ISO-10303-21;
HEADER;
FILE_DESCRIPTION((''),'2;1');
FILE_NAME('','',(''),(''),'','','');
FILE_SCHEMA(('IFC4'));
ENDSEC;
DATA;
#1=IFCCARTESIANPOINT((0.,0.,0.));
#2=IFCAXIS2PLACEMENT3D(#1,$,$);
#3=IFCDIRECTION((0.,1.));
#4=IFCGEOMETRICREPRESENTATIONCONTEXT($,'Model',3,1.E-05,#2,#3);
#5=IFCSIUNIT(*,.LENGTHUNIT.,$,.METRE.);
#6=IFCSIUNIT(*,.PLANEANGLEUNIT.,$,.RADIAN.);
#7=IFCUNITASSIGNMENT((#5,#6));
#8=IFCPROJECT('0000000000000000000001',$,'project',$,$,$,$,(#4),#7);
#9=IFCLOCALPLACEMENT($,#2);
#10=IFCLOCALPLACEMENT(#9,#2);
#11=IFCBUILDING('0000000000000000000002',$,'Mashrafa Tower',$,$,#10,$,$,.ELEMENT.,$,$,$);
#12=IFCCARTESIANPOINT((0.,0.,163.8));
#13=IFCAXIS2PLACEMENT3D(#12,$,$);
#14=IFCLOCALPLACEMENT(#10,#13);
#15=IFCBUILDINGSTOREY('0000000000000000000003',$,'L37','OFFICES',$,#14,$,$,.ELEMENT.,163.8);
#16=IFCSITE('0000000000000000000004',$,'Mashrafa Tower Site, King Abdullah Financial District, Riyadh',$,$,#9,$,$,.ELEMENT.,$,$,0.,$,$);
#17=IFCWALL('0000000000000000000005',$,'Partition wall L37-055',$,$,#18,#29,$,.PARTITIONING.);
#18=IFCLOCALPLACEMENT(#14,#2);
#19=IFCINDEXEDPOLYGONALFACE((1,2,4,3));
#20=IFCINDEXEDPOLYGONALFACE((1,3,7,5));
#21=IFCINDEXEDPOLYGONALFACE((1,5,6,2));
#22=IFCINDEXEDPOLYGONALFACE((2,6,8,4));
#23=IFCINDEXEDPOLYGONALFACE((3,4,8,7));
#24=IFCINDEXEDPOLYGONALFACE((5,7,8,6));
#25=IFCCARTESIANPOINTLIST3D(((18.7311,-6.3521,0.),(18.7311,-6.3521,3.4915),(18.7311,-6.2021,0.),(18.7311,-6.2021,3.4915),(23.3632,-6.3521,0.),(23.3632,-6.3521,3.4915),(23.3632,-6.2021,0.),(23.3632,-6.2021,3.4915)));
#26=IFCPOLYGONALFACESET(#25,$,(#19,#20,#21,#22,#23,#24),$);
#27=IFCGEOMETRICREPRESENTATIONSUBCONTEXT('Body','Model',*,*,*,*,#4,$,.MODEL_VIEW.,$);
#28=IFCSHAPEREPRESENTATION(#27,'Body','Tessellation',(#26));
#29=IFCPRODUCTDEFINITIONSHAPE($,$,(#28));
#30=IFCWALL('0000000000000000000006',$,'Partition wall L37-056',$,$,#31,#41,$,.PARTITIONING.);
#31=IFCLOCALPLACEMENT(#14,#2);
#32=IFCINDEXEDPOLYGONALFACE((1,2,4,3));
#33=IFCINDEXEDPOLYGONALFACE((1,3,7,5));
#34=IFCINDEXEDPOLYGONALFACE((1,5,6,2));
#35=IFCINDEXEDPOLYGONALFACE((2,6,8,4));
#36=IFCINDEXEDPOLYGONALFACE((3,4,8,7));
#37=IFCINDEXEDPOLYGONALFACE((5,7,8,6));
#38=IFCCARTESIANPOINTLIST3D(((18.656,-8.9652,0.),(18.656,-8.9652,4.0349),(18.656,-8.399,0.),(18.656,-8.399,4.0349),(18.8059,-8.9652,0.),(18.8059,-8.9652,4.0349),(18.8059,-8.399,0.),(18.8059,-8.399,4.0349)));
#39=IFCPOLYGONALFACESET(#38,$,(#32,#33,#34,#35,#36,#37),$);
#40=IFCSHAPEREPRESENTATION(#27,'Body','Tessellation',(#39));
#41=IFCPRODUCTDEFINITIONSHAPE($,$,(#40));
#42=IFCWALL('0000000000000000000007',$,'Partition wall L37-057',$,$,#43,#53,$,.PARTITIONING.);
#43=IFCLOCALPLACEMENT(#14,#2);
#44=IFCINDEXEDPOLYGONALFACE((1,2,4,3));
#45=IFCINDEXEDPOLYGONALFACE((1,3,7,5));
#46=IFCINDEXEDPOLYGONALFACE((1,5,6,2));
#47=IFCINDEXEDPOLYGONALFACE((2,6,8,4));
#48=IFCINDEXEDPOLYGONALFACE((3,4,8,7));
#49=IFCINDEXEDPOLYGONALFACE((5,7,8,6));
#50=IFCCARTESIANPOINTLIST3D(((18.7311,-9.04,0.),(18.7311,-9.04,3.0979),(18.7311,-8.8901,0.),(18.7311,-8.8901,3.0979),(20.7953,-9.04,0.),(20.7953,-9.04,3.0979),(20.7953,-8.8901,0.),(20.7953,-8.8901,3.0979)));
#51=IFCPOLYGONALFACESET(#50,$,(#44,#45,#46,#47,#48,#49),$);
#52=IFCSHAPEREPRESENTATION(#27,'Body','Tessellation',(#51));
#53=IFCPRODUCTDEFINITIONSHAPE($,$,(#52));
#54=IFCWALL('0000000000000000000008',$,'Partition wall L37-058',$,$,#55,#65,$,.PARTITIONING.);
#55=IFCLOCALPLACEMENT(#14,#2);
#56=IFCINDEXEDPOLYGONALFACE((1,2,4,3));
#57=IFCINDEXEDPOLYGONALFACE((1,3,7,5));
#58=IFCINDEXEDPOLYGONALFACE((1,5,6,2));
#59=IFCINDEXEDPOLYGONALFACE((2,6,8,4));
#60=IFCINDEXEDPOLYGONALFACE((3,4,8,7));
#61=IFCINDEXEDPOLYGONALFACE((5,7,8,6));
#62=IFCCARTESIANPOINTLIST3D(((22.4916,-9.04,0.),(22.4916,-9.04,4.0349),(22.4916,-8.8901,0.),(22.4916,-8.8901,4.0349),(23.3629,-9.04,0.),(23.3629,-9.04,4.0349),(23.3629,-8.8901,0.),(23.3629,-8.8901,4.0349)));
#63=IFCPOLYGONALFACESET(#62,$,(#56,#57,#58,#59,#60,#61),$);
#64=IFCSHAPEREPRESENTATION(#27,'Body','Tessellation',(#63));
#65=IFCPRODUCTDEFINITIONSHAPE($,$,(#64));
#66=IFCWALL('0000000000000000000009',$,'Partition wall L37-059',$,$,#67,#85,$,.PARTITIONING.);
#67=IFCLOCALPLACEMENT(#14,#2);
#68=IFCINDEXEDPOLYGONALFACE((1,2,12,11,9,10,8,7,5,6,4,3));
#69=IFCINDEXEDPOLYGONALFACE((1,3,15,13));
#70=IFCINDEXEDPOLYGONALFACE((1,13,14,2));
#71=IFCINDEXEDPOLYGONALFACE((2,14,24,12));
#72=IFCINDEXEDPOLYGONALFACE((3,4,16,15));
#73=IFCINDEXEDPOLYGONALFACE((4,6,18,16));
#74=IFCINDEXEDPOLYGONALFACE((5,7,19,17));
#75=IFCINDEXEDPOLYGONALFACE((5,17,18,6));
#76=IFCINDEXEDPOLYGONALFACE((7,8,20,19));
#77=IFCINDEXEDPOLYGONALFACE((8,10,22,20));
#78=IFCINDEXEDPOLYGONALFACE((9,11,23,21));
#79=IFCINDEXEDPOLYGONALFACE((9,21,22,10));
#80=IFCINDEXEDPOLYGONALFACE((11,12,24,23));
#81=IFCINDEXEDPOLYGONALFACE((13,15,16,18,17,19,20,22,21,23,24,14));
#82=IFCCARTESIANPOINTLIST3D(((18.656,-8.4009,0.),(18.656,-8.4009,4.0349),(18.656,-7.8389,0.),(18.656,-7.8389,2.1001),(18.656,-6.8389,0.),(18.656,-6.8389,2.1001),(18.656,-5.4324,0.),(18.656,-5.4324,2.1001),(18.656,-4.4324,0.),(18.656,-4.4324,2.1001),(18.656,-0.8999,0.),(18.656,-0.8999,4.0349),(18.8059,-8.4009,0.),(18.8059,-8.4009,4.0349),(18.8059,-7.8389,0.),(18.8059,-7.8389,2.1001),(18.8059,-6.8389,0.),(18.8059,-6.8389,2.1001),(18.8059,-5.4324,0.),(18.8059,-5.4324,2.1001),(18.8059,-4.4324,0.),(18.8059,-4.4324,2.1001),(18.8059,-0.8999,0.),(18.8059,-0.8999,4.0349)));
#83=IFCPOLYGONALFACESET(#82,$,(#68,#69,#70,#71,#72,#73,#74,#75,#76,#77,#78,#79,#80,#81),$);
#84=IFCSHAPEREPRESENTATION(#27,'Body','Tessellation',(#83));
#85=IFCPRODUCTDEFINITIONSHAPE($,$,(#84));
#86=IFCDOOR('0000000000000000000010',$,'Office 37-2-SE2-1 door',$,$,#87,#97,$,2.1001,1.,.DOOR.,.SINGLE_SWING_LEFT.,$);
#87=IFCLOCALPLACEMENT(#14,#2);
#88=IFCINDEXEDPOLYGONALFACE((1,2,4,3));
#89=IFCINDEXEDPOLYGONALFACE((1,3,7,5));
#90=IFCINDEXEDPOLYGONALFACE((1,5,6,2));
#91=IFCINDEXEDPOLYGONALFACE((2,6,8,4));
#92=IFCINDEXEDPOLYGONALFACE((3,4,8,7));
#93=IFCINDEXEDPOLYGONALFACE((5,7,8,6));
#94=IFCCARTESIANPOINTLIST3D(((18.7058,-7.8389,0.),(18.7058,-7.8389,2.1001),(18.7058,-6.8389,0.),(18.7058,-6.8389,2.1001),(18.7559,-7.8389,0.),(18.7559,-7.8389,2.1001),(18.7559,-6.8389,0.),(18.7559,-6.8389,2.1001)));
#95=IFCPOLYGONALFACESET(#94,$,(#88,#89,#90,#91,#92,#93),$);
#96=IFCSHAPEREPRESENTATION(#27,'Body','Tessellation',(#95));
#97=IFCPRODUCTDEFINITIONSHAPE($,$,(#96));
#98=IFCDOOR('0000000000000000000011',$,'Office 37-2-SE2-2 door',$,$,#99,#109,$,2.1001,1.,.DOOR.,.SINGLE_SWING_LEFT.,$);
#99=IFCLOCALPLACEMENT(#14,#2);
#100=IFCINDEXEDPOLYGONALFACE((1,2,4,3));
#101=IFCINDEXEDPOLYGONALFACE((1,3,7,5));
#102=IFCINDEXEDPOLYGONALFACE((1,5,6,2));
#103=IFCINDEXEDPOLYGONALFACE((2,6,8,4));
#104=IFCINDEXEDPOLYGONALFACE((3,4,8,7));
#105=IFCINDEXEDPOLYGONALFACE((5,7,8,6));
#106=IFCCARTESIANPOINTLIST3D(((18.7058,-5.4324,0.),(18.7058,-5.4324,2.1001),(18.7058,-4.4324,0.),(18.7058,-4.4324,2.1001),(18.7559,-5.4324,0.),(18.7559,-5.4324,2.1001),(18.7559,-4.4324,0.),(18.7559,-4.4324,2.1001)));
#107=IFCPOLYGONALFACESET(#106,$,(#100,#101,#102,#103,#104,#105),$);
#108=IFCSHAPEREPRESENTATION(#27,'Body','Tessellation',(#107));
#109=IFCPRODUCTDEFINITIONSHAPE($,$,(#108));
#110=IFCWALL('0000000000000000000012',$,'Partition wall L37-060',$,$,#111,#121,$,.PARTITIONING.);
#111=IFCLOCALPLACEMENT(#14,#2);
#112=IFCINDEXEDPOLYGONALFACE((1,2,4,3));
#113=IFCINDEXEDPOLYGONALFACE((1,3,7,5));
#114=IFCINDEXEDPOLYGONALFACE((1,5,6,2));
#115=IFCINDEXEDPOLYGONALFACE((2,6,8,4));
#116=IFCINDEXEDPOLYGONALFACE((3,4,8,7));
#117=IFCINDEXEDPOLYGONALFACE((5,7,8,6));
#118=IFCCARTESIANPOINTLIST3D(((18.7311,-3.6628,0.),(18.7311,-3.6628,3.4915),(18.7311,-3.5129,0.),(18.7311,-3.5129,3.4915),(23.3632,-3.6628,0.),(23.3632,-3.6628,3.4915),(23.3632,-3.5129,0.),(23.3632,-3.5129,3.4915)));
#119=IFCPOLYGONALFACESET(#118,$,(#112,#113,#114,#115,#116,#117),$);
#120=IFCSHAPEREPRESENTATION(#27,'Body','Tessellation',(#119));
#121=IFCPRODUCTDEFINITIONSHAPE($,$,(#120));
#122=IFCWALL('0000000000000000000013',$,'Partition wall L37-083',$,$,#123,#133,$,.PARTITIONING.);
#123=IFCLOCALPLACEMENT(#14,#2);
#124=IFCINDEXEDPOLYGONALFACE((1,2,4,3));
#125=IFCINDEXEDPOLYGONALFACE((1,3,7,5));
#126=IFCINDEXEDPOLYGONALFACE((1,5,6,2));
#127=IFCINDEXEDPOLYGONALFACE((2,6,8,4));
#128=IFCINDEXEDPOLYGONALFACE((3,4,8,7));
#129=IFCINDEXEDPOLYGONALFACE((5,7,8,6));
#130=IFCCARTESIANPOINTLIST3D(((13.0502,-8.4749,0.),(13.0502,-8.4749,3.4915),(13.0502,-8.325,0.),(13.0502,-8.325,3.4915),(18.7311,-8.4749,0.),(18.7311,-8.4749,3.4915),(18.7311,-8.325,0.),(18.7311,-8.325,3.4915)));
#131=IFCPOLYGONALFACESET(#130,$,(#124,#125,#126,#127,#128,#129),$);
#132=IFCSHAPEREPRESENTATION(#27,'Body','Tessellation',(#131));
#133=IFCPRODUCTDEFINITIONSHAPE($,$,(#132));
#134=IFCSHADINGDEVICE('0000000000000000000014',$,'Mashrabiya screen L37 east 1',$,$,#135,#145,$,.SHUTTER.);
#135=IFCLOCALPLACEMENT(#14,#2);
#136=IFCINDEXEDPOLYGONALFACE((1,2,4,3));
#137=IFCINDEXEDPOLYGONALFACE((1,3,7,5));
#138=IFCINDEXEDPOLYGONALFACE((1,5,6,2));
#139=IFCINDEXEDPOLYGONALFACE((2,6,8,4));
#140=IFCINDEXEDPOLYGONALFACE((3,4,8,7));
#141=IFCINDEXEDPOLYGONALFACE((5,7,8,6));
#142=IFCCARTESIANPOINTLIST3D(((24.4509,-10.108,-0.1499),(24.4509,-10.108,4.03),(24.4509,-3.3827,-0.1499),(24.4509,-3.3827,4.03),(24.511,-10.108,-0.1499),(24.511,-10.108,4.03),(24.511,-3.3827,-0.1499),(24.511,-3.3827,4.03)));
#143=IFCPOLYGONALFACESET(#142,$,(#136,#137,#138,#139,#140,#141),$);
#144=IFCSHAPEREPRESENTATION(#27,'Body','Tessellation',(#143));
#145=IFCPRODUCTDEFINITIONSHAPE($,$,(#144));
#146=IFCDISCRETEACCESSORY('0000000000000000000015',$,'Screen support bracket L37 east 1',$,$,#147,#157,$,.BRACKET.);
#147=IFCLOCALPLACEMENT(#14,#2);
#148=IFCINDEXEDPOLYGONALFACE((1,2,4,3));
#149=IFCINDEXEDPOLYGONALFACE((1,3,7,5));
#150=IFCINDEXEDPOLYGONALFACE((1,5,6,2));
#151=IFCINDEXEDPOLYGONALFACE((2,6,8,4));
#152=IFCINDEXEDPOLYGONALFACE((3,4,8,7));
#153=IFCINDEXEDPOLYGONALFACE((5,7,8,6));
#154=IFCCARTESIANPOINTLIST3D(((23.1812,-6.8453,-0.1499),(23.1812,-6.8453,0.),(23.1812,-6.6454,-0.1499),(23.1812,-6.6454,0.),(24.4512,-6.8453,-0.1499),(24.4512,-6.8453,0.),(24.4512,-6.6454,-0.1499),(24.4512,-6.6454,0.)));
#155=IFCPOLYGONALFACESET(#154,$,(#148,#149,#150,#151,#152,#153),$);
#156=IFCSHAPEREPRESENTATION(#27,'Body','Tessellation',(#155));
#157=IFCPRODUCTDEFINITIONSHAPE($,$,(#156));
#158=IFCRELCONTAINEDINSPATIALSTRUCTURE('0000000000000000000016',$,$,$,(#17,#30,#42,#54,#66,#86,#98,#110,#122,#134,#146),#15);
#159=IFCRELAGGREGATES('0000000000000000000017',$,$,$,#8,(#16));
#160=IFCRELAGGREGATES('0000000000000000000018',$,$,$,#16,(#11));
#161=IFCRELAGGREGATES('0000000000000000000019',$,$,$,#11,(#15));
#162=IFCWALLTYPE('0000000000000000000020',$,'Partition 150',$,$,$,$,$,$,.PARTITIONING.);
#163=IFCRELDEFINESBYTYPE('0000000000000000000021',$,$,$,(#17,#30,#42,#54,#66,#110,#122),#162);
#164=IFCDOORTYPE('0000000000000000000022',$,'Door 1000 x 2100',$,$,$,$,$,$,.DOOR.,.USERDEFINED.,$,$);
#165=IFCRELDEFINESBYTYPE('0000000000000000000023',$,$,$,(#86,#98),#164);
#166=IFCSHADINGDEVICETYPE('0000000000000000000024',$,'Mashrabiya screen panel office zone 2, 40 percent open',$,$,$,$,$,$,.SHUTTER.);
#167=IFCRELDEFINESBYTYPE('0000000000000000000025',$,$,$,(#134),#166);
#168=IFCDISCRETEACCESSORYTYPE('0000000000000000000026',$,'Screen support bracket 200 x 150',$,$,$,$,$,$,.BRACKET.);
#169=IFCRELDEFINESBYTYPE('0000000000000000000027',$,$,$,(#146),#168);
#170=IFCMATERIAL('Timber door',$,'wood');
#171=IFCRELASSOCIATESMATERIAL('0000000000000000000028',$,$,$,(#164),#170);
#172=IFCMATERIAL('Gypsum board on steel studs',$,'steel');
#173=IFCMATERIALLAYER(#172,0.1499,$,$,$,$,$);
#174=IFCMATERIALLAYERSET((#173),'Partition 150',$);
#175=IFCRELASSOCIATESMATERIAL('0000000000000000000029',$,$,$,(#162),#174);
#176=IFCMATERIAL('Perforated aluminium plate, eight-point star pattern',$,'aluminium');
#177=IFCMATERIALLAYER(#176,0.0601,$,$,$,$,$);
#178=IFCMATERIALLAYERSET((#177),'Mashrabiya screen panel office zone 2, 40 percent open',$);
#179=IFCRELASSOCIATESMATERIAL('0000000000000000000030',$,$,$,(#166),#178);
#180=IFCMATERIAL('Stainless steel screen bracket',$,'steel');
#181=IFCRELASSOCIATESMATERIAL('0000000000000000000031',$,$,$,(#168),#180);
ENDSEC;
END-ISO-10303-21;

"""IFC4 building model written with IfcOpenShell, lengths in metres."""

from ifc_helpers import new_model, si_unit, direction, frame, frame_2d, origin, origin_2d, place, context, subcontext, project, spatial, rectangle, extrude, source, transform, mapped, material, layer, layer_set, type_object, type_shapes, element, fill, save


model = new_model("IFC4")

# Units and contexts
model_context = context("Model", 3, precision=1e-05, world=origin(), true_north=direction((0.0, 1.0)))
body_context = subcontext(model_context, "Body", "Model", "MODEL_VIEW")
ifc_project = project(units=[si_unit("LENGTHUNIT", "METRE"), si_unit("PLANEANGLEUNIT", "RADIAN")], contexts=[model_context])

# Site, building, storey
site_placement = place(None, origin())
site = spatial("IfcSite", under=ifc_project, at=site_placement, Name="Mashrafa Tower Site, King Abdullah Financial District, Riyadh", CompositionType="ELEMENT", RefElevation=0.0)
building_placement = place(site_placement, origin())
building = spatial("IfcBuilding", under=site, at=building_placement, Name="Mashrafa Tower", CompositionType="ELEMENT")
storey_placement = place(building_placement, frame((0.0, 0.0, 163.8)))
storey = spatial("IfcBuildingStorey", under=building, at=storey_placement, Name="L37", Description="OFFICES", CompositionType="ELEMENT", Elevation=163.8)

# Shared definitions
ifc_material_1 = material(Name="Timber door", Category="wood")
door_type_1 = type_object("IfcDoorType", Name="Door 1000 x 2100", OperationType="USERDEFINED", PredefinedType="DOOR", material=ifc_material_1)

# Walls
ifc_material_2 = material(Name="Gypsum board on steel studs", Category="steel")
ifc_layer_1 = layer(ifc_material_2, 0.1499)
ifc_layer_set_1 = layer_set([ifc_layer_1], Name="Partition 150")
wall_type_1 = type_object("IfcWallType", Name="Partition 150", PredefinedType="PARTITIONING", material=ifc_layer_set_1)
wall_1_placement = place(storey_placement, frame((23.363, -6.2771, 0.0), z_axis=(0.0, 0.0, 1.0), x_axis=(-1.0, 0.0, 0.0)))
element("IfcWall", 1, at=wall_1_placement, inside=storey, type_object=wall_type_1, Name="Partition wall L37-055", PredefinedType="PARTITIONING", context=body_context, shape_type="SweptSolid", body=[
    extrude(rectangle(XDim=4.6321, YDim=0.1499, at=frame_2d((2.3159, 0.0))), origin(), (0.0, 0.0, 1.0), 3.4915),
])
wall_2_placement = place(storey_placement, frame((18.731, -8.3989, 0.0), z_axis=(0.0, 0.0, 1.0), x_axis=(0.0, -1.0, 0.0)))
element("IfcWall", 2, at=wall_2_placement, inside=storey, type_object=wall_type_1, Name="Partition wall L37-056", PredefinedType="PARTITIONING", context=body_context, shape_type="SweptSolid", body=[
    extrude(rectangle(XDim=0.5662, YDim=0.1499, at=frame_2d((0.2832, 0.0))), origin(), (0.0, 0.0, 1.0), 4.0349),
])
wall_3_placement = place(storey_placement, frame((18.731, -8.9651, 0.0), z_axis=(0.0, 0.0, 1.0), x_axis=(1.0, 0.0, 0.0)))
element("IfcWall", 3, at=wall_3_placement, inside=storey, type_object=wall_type_1, Name="Partition wall L37-057", PredefinedType="PARTITIONING", context=body_context, shape_type="SweptSolid", body=[
    extrude(rectangle(XDim=2.0642, YDim=0.1499, at=frame_2d((1.0322, 0.0))), origin(), (0.0, 0.0, 1.0), 3.0979),
])
wall_4_placement = place(storey_placement, frame((22.4917, -8.9651, 0.0), z_axis=(0.0, 0.0, 1.0), x_axis=(1.0, 0.0, 0.0)))
element("IfcWall", 4, at=wall_4_placement, inside=storey, type_object=wall_type_1, Name="Partition wall L37-058", PredefinedType="PARTITIONING", context=body_context, shape_type="SweptSolid", body=[
    extrude(rectangle(XDim=0.8713, YDim=0.1499, at=frame_2d((0.4355, 0.0))), origin(), (0.0, 0.0, 1.0), 4.0349),
])

# Wall, openings, doors
wall_5_placement = place(storey_placement, frame((18.731, -8.4009, 0.0), z_axis=(0.0, 0.0, 1.0), x_axis=(0.0, 1.0, 0.0)))
wall_5 = element("IfcWall", 5, at=wall_5_placement, inside=storey, type_object=wall_type_1, Name="Partition wall L37-059", PredefinedType="PARTITIONING", context=body_context, shape_type="SweptSolid", body=[
    extrude(rectangle(XDim=7.501, YDim=0.1499, at=frame_2d((3.7505, 0.0))), origin(), (0.0, 0.0, 1.0), 4.0349),
])
opening_1_placement = place(wall_5_placement, frame((0.562, 0.0, 0.0)))
opening_1 = element("IfcOpeningElement", 6, at=opening_1_placement, cuts=wall_5, PredefinedType="OPENING", context=body_context, shape_type="SweptSolid", body=[
    extrude(rectangle(XDim=1.0, YDim=2.1001, at=frame_2d((0.5, 1.05))), frame((0.0, 0.085, 0.0), z_axis=(0.0, -1.0, 0.0), x_axis=(1.0, 0.0, 0.0)), (0.0, 0.0, 1.0), 0.1699),
])
opening_2_placement = place(wall_5_placement, frame((2.9685, 0.0, 0.0)))
opening_2 = element("IfcOpeningElement", 7, at=opening_2_placement, cuts=wall_5, PredefinedType="OPENING", context=body_context, shape_type="SweptSolid", body=[
    extrude(rectangle(XDim=1.0, YDim=2.1001, at=frame_2d((0.5, 1.05))), frame((0.0, 0.085, 0.0), z_axis=(0.0, -1.0, 0.0), x_axis=(1.0, 0.0, 0.0)), (0.0, 0.0, 1.0), 0.1699),
])
door_1_placement = place(opening_1_placement, frame((1.0, 0.0, 0.0), z_axis=(0.0, 0.0, 1.0), x_axis=(-1.0, 0.0, 0.0)))
door_1 = element("IfcDoor", 8, at=door_1_placement, inside=storey, type_object=door_type_1, Name="Office 37-2-SE2-1 door", OperationType="SINGLE_SWING_LEFT", OverallHeight=2.1001, OverallWidth=1.0, PredefinedType="DOOR", context=body_context, shape_type="SweptSolid", body=[
    extrude(rectangle(XDim=1.0, YDim=2.1001, at=frame_2d((0.5, 1.05))), frame((0.0, 0.0249, 0.0), z_axis=(0.0, -1.0, 0.0), x_axis=(1.0, 0.0, 0.0)), (0.0, 0.0, 1.0), 0.05),
])
fill(opening_1, door_1)
door_2_placement = place(opening_2_placement, frame((1.0, 0.0, 0.0), z_axis=(0.0, 0.0, 1.0), x_axis=(-1.0, 0.0, 0.0)))
door_2 = element("IfcDoor", 9, at=door_2_placement, inside=storey, type_object=door_type_1, Name="Office 37-2-SE2-2 door", OperationType="SINGLE_SWING_LEFT", OverallHeight=2.1001, OverallWidth=1.0, PredefinedType="DOOR", context=body_context, shape_type="SweptSolid", body=[
    extrude(rectangle(XDim=1.0, YDim=2.1001, at=frame_2d((0.5, 1.05))), frame((0.0, 0.0249, 0.0), z_axis=(0.0, -1.0, 0.0), x_axis=(1.0, 0.0, 0.0)), (0.0, 0.0, 1.0), 0.05),
])
fill(opening_2, door_2)

# Walls
wall_6_placement = place(storey_placement, frame((23.363, -3.5879, 0.0), z_axis=(0.0, 0.0, 1.0), x_axis=(-1.0, 0.0, 0.0)))
element("IfcWall", 10, at=wall_6_placement, inside=storey, type_object=wall_type_1, Name="Partition wall L37-060", PredefinedType="PARTITIONING", context=body_context, shape_type="SweptSolid", body=[
    extrude(rectangle(XDim=4.6321, YDim=0.1499, at=frame_2d((2.3159, 0.0))), origin(), (0.0, 0.0, 1.0), 3.4915),
])
wall_7_placement = place(storey_placement, frame((18.731, -8.3999, 0.0), z_axis=(0.0, 0.0, 1.0), x_axis=(-1.0, 0.0, 0.0)))
element("IfcWall", 11, at=wall_7_placement, inside=storey, type_object=wall_type_1, Name="Partition wall L37-083", PredefinedType="PARTITIONING", context=body_context, shape_type="SweptSolid", body=[
    extrude(rectangle(XDim=5.6809, YDim=0.1499, at=frame_2d((2.8403, 0.0))), origin(), (0.0, 0.0, 1.0), 3.4915),
])

# Shading device
ifc_material_3 = material(Name="Perforated aluminium plate, eight-point star pattern", Category="aluminium")
ifc_layer_2 = layer(ifc_material_3, 0.0601)
ifc_layer_set_2 = layer_set([ifc_layer_2], Name="Mashrabiya screen panel office zone 2, 40 percent open")
shading_device_type = type_object("IfcShadingDeviceType", Name="Mashrabiya screen panel office zone 2, 40 percent open", PredefinedType="SHUTTER", material=ifc_layer_set_2)
shared_shape_1 = source(origin(), body_context, "Body", "SweptSolid", [
    extrude(rectangle(XDim=6.7253, YDim=0.0601, at=origin_2d()), origin(), (0.0, 0.0, 1.0), 4.1799),
])
type_shapes(shading_device_type, [shared_shape_1])
shading_device_placement = place(storey_placement, frame((24.481, -6.7454, -0.1499), z_axis=(0.0, 0.0, 1.0), x_axis=(0.0, 1.0, 0.0)))
element("IfcShadingDevice", 12, at=shading_device_placement, inside=storey, type_object=shading_device_type, Name="Mashrabiya screen L37 east 1", PredefinedType="SHUTTER", context=body_context, shape_type="MappedRepresentation", body=[
    mapped(shared_shape_1, transform((0.0, 0.0, 0.0))),
])

# Discrete accessory
ifc_material_4 = material(Name="Stainless steel screen bracket", Category="steel")
discrete_accessory_type = type_object("IfcDiscreteAccessoryType", Name="Screen support bracket 200 x 150", PredefinedType="BRACKET", material=ifc_material_4)
shared_shape_2 = source(origin(), body_context, "Body", "SweptSolid", [
    extrude(rectangle(XDim=0.2, YDim=1.27, at=origin_2d()), origin(), (0.0, 0.0, 1.0), 0.1499),
])
type_shapes(discrete_accessory_type, [shared_shape_2])
discrete_accessory_placement = place(storey_placement, frame((23.8162, -6.7454, -0.1499), z_axis=(0.0, 0.0, 1.0), x_axis=(0.0, 1.0, 0.0)))
element("IfcDiscreteAccessory", 13, at=discrete_accessory_placement, inside=storey, type_object=discrete_accessory_type, Name="Screen support bracket L37 east 1", PredefinedType="BRACKET", context=body_context, shape_type="MappedRepresentation", body=[
    mapped(shared_shape_2, transform((0.0, 0.0, 0.0))),
])

save(model, "model.ifc")
